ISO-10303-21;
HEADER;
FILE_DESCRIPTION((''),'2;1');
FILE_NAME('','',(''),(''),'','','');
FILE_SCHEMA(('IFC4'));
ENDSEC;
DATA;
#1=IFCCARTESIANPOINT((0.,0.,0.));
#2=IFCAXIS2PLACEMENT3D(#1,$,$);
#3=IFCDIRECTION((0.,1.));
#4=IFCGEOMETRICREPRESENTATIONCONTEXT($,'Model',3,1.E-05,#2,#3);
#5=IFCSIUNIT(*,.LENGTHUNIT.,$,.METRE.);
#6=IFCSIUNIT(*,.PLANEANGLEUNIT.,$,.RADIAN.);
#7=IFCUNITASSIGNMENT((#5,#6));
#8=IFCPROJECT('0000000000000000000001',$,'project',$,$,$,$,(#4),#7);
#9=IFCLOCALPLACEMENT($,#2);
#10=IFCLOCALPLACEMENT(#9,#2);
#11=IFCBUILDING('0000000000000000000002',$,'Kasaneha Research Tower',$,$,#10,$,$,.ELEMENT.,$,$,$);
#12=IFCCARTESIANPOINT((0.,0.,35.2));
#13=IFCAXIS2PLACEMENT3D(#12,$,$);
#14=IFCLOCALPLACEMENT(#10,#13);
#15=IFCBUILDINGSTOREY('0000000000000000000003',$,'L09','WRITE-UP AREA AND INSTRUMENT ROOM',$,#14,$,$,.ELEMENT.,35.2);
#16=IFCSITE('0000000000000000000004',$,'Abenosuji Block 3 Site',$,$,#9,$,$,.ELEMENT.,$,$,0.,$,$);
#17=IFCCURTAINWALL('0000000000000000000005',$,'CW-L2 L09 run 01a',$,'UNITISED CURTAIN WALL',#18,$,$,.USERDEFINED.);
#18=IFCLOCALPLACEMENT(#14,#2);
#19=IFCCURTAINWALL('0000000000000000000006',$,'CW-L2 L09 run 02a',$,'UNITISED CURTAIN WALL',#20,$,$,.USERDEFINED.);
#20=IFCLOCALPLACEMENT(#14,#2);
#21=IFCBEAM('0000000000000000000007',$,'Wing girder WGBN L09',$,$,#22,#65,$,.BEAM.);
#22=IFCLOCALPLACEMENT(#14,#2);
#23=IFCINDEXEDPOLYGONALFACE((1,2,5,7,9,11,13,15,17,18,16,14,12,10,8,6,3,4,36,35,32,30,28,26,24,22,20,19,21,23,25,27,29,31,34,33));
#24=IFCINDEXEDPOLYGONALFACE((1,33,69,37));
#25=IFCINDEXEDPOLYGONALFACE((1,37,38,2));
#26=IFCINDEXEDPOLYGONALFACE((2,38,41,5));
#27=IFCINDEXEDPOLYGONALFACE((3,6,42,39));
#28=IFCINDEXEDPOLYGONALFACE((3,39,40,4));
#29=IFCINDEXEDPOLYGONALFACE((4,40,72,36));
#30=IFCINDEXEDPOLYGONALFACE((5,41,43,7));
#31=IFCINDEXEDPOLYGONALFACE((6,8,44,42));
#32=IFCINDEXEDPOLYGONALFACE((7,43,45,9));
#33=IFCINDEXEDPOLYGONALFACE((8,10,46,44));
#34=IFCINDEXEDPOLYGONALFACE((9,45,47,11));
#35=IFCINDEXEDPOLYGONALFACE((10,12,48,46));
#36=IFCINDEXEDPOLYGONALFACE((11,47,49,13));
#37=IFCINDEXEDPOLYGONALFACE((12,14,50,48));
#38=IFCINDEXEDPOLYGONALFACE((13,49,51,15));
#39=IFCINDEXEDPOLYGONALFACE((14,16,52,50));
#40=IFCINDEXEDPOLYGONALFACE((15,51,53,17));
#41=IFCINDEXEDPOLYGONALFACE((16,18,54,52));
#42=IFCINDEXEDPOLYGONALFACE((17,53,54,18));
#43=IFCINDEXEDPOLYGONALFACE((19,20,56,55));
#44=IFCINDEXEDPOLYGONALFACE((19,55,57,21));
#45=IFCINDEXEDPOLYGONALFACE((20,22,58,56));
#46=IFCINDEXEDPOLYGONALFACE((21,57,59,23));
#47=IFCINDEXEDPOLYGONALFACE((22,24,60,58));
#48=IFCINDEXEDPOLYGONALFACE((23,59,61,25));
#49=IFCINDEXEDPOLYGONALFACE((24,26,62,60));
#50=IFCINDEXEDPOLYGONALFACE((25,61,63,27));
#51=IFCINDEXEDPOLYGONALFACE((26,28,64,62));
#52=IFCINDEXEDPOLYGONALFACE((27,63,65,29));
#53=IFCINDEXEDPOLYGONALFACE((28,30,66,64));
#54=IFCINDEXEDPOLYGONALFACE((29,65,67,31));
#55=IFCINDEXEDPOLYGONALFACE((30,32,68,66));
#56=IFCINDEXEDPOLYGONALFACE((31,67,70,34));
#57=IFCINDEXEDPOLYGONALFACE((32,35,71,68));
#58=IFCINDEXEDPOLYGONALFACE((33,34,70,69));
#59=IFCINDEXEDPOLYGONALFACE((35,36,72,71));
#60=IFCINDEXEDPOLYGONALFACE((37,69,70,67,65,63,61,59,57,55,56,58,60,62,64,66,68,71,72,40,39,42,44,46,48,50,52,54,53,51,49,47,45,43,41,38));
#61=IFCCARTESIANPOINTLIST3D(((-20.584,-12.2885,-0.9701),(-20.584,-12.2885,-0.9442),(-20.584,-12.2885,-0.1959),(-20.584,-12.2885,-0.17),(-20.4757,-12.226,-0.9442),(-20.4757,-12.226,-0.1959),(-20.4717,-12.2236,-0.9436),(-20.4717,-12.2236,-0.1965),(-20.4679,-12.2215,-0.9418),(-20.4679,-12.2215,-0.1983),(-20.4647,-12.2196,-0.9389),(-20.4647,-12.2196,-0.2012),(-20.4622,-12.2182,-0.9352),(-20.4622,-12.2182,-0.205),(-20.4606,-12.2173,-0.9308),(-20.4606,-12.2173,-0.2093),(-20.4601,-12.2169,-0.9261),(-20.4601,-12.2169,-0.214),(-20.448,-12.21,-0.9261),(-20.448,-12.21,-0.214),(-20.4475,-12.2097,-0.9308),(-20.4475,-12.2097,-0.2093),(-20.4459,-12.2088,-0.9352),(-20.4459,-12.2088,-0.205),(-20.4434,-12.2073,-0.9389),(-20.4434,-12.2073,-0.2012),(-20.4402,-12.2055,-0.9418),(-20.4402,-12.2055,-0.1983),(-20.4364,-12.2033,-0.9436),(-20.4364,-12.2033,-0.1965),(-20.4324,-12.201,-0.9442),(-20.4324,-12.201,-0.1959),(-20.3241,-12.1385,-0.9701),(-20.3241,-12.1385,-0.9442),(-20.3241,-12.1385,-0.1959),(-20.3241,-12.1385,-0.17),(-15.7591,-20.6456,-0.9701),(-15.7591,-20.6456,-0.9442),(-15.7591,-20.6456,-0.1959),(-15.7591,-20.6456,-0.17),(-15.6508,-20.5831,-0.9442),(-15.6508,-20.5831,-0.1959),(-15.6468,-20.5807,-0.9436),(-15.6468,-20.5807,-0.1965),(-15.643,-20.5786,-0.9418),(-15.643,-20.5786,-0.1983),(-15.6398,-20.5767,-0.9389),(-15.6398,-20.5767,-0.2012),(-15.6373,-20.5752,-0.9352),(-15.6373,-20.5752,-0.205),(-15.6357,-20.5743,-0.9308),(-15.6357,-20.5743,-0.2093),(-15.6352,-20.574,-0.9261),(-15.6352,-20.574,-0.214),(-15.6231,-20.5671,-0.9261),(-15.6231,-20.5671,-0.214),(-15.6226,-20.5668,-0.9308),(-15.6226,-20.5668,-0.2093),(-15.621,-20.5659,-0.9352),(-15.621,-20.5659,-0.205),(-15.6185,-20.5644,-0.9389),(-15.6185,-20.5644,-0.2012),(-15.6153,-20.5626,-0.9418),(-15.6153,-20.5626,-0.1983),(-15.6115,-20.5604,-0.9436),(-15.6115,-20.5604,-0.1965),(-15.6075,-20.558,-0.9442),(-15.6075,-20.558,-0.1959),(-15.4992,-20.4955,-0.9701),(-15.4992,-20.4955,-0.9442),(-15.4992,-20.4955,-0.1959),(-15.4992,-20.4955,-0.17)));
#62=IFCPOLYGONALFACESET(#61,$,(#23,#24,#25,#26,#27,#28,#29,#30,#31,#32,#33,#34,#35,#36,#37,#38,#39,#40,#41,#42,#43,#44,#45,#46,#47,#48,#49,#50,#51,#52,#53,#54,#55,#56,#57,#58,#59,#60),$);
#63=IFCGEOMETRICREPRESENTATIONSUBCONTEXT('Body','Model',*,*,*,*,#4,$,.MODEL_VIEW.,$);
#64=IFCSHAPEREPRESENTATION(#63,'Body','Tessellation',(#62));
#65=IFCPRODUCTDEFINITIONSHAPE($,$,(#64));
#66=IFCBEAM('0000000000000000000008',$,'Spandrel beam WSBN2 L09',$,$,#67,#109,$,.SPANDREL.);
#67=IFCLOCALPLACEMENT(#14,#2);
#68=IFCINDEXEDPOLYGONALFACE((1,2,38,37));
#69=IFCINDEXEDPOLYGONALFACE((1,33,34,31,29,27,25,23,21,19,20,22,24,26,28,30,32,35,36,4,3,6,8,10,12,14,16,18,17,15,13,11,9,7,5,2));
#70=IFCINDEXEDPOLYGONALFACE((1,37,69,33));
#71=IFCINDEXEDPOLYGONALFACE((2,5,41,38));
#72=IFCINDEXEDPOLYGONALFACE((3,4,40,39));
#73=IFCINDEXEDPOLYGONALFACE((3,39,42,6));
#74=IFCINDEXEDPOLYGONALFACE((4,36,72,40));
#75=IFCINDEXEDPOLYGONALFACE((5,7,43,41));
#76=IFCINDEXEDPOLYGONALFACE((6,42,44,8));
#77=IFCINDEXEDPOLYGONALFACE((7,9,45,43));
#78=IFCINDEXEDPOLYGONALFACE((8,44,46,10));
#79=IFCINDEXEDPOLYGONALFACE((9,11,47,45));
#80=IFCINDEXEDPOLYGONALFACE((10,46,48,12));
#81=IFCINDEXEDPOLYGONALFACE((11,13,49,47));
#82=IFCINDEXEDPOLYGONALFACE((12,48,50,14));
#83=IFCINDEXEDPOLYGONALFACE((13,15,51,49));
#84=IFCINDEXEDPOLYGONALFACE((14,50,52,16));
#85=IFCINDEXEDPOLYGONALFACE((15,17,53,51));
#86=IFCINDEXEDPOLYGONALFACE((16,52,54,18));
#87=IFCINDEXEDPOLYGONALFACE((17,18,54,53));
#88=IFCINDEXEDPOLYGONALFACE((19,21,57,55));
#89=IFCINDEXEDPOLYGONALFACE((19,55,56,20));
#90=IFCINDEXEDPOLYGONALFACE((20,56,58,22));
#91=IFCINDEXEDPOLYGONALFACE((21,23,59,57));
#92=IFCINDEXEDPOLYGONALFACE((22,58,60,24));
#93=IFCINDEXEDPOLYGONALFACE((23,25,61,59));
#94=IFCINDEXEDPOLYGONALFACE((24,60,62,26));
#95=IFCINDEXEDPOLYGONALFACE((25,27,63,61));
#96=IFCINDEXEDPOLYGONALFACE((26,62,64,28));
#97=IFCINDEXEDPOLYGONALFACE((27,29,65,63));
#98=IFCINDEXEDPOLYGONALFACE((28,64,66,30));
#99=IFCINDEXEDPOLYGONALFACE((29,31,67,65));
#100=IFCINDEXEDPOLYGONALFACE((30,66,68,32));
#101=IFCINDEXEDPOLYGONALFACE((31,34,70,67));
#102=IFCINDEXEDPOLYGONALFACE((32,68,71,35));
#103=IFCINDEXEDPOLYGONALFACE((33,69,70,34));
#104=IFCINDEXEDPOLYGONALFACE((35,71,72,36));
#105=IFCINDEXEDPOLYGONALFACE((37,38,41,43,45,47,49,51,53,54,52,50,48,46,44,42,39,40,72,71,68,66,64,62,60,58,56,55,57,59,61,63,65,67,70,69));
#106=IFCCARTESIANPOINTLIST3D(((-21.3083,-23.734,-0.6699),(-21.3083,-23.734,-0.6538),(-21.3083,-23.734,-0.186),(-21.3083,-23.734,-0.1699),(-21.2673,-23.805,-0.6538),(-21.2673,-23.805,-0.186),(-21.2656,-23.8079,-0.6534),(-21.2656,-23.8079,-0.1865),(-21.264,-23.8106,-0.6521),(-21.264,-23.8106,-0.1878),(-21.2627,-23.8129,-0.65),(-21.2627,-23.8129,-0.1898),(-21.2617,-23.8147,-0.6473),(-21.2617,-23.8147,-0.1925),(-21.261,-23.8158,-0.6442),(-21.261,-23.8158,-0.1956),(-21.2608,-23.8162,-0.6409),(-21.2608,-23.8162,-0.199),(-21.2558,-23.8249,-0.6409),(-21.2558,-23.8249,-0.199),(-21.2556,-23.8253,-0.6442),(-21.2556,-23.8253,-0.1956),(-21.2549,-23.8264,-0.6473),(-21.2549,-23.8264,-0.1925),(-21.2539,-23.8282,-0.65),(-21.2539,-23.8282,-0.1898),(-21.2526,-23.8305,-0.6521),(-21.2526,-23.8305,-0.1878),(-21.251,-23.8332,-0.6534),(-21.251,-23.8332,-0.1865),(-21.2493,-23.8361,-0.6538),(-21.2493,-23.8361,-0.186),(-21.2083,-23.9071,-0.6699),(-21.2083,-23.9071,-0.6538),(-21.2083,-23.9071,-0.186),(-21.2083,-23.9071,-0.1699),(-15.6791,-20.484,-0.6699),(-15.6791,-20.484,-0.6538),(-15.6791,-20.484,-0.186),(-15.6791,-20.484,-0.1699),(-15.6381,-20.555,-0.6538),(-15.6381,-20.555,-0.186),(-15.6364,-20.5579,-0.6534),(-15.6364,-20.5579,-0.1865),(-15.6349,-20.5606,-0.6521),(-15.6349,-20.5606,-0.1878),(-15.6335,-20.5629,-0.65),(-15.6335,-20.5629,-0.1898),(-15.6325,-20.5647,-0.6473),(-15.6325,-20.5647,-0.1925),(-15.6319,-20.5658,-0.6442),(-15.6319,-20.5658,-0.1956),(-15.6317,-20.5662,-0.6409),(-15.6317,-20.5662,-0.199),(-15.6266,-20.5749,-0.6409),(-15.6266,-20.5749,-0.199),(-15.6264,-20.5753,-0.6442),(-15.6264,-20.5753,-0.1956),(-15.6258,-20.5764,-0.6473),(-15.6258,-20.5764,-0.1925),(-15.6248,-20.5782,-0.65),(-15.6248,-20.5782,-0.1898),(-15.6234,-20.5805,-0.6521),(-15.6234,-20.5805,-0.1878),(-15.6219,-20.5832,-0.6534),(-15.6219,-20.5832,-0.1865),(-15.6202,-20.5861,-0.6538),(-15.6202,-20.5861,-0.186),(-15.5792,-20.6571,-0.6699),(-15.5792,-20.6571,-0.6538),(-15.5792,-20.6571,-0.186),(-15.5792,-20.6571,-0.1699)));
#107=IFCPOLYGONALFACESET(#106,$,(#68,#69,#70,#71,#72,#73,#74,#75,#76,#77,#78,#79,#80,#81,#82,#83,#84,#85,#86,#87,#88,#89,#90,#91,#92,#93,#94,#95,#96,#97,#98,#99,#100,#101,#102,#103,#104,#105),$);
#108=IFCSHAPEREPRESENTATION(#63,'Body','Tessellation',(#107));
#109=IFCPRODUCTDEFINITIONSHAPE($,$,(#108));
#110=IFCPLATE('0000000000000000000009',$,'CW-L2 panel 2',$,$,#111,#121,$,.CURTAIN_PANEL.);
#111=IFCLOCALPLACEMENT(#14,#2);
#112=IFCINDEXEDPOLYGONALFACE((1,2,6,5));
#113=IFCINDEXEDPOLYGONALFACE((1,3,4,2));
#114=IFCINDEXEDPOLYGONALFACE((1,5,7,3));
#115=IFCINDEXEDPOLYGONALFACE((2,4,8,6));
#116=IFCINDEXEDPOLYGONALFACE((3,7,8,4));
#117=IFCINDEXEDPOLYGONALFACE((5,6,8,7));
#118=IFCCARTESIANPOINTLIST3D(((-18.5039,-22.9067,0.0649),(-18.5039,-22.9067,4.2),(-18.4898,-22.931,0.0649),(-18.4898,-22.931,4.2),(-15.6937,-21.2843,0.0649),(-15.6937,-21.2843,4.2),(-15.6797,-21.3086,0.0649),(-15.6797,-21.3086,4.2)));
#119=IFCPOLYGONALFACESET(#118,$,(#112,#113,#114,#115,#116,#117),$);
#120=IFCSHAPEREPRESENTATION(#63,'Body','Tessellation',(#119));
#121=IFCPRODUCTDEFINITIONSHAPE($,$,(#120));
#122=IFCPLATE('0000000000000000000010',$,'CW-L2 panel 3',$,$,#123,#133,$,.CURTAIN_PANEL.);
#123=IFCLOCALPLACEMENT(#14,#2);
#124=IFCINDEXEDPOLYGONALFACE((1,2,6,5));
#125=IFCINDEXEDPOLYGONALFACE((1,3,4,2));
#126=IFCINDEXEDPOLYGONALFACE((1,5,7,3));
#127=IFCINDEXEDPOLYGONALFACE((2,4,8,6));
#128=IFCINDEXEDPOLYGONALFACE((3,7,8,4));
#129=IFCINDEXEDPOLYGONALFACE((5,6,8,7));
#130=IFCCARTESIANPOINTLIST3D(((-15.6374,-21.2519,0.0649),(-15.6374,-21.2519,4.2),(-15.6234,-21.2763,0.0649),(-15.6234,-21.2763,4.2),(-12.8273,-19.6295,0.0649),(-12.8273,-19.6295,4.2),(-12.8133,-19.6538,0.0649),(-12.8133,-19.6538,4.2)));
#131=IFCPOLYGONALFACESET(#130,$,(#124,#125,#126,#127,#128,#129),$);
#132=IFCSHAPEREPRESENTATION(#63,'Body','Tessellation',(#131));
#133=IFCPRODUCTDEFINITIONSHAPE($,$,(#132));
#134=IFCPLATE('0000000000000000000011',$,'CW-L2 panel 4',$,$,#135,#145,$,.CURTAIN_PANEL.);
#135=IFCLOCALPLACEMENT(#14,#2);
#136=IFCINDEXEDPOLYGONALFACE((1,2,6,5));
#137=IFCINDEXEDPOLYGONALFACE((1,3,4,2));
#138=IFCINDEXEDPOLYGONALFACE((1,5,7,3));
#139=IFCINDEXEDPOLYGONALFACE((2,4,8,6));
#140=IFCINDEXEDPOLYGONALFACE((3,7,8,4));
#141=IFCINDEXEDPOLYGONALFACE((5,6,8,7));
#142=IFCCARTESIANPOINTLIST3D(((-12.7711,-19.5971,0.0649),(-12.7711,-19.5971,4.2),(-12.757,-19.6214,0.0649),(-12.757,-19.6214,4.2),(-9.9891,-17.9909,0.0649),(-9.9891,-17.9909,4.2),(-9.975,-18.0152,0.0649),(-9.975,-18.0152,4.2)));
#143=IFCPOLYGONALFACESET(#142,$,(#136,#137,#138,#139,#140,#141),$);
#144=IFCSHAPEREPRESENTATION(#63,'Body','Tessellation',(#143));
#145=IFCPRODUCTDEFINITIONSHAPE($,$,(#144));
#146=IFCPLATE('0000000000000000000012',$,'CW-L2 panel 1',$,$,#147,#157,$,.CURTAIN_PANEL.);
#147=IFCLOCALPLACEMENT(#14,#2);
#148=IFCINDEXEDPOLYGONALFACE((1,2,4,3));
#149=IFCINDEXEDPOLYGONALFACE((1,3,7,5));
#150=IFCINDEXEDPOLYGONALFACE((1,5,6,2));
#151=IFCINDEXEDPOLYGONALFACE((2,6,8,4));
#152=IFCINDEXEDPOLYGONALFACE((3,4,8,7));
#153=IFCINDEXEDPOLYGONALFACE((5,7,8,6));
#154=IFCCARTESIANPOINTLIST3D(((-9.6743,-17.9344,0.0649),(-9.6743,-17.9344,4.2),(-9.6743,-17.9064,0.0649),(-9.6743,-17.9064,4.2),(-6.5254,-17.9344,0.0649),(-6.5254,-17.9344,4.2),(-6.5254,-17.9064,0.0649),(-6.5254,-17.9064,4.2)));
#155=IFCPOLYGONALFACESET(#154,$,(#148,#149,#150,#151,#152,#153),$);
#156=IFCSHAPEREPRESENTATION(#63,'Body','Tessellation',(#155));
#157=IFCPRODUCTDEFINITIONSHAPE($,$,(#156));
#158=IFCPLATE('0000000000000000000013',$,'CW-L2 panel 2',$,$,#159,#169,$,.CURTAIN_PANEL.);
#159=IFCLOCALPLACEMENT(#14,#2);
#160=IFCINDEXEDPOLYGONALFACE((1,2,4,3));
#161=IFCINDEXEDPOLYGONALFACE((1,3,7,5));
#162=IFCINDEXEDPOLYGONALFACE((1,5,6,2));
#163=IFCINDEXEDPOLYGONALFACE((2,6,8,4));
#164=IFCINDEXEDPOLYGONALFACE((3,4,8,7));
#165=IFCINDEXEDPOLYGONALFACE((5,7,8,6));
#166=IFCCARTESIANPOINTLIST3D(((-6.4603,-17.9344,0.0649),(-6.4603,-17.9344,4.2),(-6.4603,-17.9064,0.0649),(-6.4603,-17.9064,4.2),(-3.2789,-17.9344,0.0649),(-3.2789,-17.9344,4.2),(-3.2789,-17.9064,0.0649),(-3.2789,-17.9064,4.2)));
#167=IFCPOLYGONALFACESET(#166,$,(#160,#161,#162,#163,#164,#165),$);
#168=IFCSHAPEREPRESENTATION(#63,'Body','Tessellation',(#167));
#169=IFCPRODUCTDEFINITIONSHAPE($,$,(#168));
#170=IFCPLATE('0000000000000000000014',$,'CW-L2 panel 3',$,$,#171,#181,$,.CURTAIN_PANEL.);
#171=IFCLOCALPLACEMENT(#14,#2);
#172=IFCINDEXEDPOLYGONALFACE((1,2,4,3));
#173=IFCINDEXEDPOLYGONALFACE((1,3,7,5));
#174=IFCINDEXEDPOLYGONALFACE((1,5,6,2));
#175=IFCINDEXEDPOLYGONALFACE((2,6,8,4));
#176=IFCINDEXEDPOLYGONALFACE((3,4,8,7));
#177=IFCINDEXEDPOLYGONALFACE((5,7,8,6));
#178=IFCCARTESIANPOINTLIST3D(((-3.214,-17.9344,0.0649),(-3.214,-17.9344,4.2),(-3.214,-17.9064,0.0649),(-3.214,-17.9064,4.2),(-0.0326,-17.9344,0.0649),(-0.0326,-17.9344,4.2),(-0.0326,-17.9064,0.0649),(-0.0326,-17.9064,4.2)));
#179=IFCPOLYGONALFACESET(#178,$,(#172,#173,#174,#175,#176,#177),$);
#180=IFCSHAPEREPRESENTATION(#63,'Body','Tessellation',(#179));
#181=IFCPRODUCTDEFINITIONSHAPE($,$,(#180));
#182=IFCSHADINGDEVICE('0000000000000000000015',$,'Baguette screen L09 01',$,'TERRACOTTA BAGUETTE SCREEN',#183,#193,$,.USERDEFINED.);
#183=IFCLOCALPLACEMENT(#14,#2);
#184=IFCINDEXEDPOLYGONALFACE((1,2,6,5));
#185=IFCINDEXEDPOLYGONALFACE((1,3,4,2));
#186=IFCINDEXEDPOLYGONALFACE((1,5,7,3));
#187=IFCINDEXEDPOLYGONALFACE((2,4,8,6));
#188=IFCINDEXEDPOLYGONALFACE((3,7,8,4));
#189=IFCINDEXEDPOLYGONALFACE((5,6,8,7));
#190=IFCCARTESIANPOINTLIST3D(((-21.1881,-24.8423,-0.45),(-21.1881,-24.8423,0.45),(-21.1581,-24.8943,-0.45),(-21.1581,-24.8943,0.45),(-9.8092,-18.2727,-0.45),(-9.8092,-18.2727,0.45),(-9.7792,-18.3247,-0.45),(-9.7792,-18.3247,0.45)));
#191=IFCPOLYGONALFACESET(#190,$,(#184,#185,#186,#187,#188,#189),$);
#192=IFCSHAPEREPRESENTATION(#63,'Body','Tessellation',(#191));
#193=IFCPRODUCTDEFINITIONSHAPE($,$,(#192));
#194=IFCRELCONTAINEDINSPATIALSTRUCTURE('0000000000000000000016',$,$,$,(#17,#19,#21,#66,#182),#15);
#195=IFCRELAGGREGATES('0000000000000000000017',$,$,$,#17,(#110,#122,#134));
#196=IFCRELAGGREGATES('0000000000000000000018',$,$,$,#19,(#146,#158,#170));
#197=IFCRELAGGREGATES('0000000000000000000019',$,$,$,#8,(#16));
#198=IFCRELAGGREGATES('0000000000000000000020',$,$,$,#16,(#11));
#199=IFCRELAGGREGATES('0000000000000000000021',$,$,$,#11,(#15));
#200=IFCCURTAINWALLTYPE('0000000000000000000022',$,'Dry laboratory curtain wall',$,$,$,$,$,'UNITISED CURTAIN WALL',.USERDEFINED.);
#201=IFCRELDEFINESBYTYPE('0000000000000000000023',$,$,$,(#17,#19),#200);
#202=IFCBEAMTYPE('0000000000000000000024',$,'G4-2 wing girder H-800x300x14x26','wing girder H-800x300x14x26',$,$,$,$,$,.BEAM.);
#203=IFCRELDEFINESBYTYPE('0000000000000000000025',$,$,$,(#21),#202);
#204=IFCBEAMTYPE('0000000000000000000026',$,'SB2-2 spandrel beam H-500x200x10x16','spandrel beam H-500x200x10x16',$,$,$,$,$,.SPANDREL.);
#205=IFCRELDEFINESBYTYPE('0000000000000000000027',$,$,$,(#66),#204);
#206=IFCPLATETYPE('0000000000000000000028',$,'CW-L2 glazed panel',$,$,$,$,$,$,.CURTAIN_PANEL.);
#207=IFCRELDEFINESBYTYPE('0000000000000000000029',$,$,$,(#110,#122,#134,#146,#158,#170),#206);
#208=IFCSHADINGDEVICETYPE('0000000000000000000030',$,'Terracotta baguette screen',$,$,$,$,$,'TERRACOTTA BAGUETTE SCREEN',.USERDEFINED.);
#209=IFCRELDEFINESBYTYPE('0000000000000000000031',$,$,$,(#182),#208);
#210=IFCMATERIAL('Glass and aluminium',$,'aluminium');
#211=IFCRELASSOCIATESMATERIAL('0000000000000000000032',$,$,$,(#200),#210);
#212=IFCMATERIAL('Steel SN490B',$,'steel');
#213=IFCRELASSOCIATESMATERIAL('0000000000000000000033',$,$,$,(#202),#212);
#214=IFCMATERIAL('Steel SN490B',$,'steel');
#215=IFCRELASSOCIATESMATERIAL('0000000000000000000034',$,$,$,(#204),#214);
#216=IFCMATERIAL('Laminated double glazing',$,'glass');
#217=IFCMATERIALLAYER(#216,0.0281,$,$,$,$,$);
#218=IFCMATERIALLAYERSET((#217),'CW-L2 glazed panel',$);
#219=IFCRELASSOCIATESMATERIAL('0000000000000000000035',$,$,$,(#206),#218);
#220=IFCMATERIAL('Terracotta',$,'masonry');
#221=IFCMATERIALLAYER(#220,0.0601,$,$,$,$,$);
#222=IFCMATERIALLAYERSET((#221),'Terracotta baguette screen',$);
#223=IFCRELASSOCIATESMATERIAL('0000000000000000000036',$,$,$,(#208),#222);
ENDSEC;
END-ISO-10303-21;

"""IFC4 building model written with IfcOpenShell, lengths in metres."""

from ifc_helpers import new_model, si_unit, direction, frame, origin, origin_2d, place, context, subcontext, project, spatial, rectangle, i_section, extrude, material, layer, layer_set, material_profile, profile_set, type_object, element, aggregate, save


model = new_model("IFC4")

# Units and contexts
model_context = context("Model", 3, precision=1e-05, world=origin(), true_north=direction((0.0, 1.0)))
body_context = subcontext(model_context, "Body", "Model", "MODEL_VIEW")
ifc_project = project(units=[si_unit("LENGTHUNIT", "METRE"), si_unit("PLANEANGLEUNIT", "RADIAN")], contexts=[model_context])

# Site, building, storey
site_placement = place(None, origin())
site = spatial("IfcSite", under=ifc_project, at=site_placement, Name="Abenosuji Block 3 Site", CompositionType="ELEMENT", RefElevation=0.0)
building_placement = place(site_placement, origin())
building = spatial("IfcBuilding", under=site, at=building_placement, Name="Kasaneha Research Tower", CompositionType="ELEMENT")
storey_placement = place(building_placement, frame((0.0, 0.0, 35.2)))
storey = spatial("IfcBuildingStorey", under=building, at=storey_placement, Name="L09", Description="WRITE-UP AREA AND INSTRUMENT ROOM", CompositionType="ELEMENT", Elevation=35.2)

# Curtain walls
ifc_material_1 = material(Name="Glass and aluminium", Category="aluminium")
curtain_wall_type = type_object("IfcCurtainWallType", Name="Dry laboratory curtain wall", ElementType="UNITISED CURTAIN WALL", PredefinedType="USERDEFINED", material=ifc_material_1)
curtain_wall_1_placement = place(storey_placement, origin())
curtain_wall_1 = element("IfcCurtainWall", 1, at=curtain_wall_1_placement, inside=storey, type_object=curtain_wall_type, Name="CW-L2 L09 run 01a", ObjectType="UNITISED CURTAIN WALL", PredefinedType="USERDEFINED")
curtain_wall_2_placement = place(storey_placement, origin())
curtain_wall_2 = element("IfcCurtainWall", 2, at=curtain_wall_2_placement, inside=storey, type_object=curtain_wall_type, Name="CW-L2 L09 run 02a", ObjectType="UNITISED CURTAIN WALL", PredefinedType="USERDEFINED")

# Beams
ifc_material_2 = material(Name="Steel SN490B", Category="steel")
ifc_material_profile_1 = material_profile(ifc_material_2, i_section(OverallWidth=0.3, OverallDepth=0.8, WebThickness=0.0139, FlangeThickness=0.0259, FilletRadius=0.0181, at=origin_2d()), Name="H-800x300x14x26")
ifc_profile_set_1 = profile_set([ifc_material_profile_1], Name="Steel SN490B")
beam_type_1 = type_object("IfcBeamType", Name="G4-2 wing girder H-800x300x14x26", Description="wing girder H-800x300x14x26", PredefinedType="BEAM", material=ifc_profile_set_1)
beam_1_placement = place(storey_placement, frame((-15.6292, -20.5706, -0.5701), z_axis=(-0.499995, 0.866028, 0.0), x_axis=(-0.866028, -0.499995, 0.0)))
element("IfcBeam", 3, at=beam_1_placement, inside=storey, type_object=beam_type_1, Name="Wing girder WGBN L09", PredefinedType="BEAM", context=body_context, shape_type="SweptSolid", body=[
    extrude(i_section(OverallWidth=0.3, OverallDepth=0.8, WebThickness=0.0139, FlangeThickness=0.0259, FilletRadius=0.0181, at=origin_2d()), origin(), (0.0, 0.0, 1.0), 9.6499),
])
ifc_material_3 = material(Name="Steel SN490B", Category="steel")
ifc_material_profile_2 = material_profile(ifc_material_3, i_section(OverallWidth=0.2, OverallDepth=0.5, WebThickness=0.01, FlangeThickness=0.0161, FilletRadius=0.0129, at=origin_2d()), Name="H-500x200x10x16")
ifc_profile_set_2 = profile_set([ifc_material_profile_2], Name="Steel SN490B")
beam_type_2 = type_object("IfcBeamType", Name="SB2-2 spandrel beam H-500x200x10x16", Description="spandrel beam H-500x200x10x16", PredefinedType="SPANDREL", material=ifc_profile_set_2)
beam_2_placement = place(storey_placement, frame((-15.6292, -20.5706, -0.4199), z_axis=(-0.866025, -0.500001, 0.0), x_axis=(0.500001, -0.866025, 0.0)))
element("IfcBeam", 4, at=beam_2_placement, inside=storey, type_object=beam_type_2, Name="Spandrel beam WSBN2 L09", PredefinedType="SPANDREL", context=body_context, shape_type="SweptSolid", body=[
    extrude(i_section(OverallWidth=0.2, OverallDepth=0.5, WebThickness=0.01, FlangeThickness=0.0161, FilletRadius=0.0129, at=origin_2d()), origin(), (0.0, 0.0, 1.0), 6.5),
])

# Plates
ifc_material_4 = material(Name="Laminated double glazing", Category="glass")
ifc_layer_1 = layer(ifc_material_4, 0.0281)
ifc_layer_set_1 = layer_set([ifc_layer_1], Name="CW-L2 glazed panel")
plate_type = type_object("IfcPlateType", Name="CW-L2 glazed panel", PredefinedType="CURTAIN_PANEL", material=ifc_layer_set_1)
plate_1_placement = place(storey_placement, frame((-17.0918, -22.1077, 0.0649), z_axis=(0.0, 0.0, 1.0), x_axis=(0.866025, 0.5, 0.0)))
plate_1 = element("IfcPlate", 5, at=plate_1_placement, type_object=plate_type, Name="CW-L2 panel 2", PredefinedType="CURTAIN_PANEL", context=body_context, shape_type="SweptSolid", body=[
    extrude(rectangle(XDim=3.2449, YDim=0.0281, at=origin_2d()), origin(), (0.0, 0.0, 1.0), 4.135),
])
plate_2_placement = place(storey_placement, frame((-14.2253, -20.4529, 0.0649), z_axis=(0.0, 0.0, 1.0), x_axis=(0.866025, 0.5, 0.0)))
plate_2 = element("IfcPlate", 6, at=plate_2_placement, type_object=plate_type, Name="CW-L2 panel 3", PredefinedType="CURTAIN_PANEL", context=body_context, shape_type="SweptSolid", body=[
    extrude(rectangle(XDim=3.2449, YDim=0.0281, at=origin_2d()), origin(), (0.0, 0.0, 1.0), 4.135),
])
plate_3_placement = place(storey_placement, frame((-11.373, -18.8062, 0.0649), z_axis=(0.0, 0.0, 1.0), x_axis=(0.866025, 0.5, 0.0)))
plate_3 = element("IfcPlate", 7, at=plate_3_placement, type_object=plate_type, Name="CW-L2 panel 4", PredefinedType="CURTAIN_PANEL", context=body_context, shape_type="SweptSolid", body=[
    extrude(rectangle(XDim=3.2124, YDim=0.0281, at=origin_2d()), origin(), (0.0, 0.0, 1.0), 4.135),
])
aggregate(curtain_wall_1, [plate_1, plate_2, plate_3])
plate_4_placement = place(storey_placement, frame((-8.0999, -17.9204, 0.0649), z_axis=(0.0, 0.0, 1.0), x_axis=(1.0, 0.0, 0.0)))
plate_4 = element("IfcPlate", 8, at=plate_4_placement, type_object=plate_type, Name="CW-L2 panel 1", PredefinedType="CURTAIN_PANEL", context=body_context, shape_type="SweptSolid", body=[
    extrude(rectangle(XDim=3.1489, YDim=0.0281, at=origin_2d()), origin(), (0.0, 0.0, 1.0), 4.135),
])
plate_5_placement = place(storey_placement, frame((-4.8696, -17.9204, 0.0649), z_axis=(0.0, 0.0, 1.0), x_axis=(1.0, 0.0, 0.0)))
plate_5 = element("IfcPlate", 9, at=plate_5_placement, type_object=plate_type, Name="CW-L2 panel 2", PredefinedType="CURTAIN_PANEL", context=body_context, shape_type="SweptSolid", body=[
    extrude(rectangle(XDim=3.1814, YDim=0.0281, at=origin_2d()), origin(), (0.0, 0.0, 1.0), 4.135),
])
plate_6_placement = place(storey_placement, frame((-1.6233, -17.9204, 0.0649), z_axis=(0.0, 0.0, 1.0), x_axis=(1.0, 0.0, 0.0)))
plate_6 = element("IfcPlate", 10, at=plate_6_placement, type_object=plate_type, Name="CW-L2 panel 3", PredefinedType="CURTAIN_PANEL", context=body_context, shape_type="SweptSolid", body=[
    extrude(rectangle(XDim=3.1814, YDim=0.0281, at=origin_2d()), origin(), (0.0, 0.0, 1.0), 4.135),
])
aggregate(curtain_wall_2, [plate_4, plate_5, plate_6])

# Shading device
ifc_material_5 = material(Name="Terracotta", Category="masonry")
ifc_layer_2 = layer(ifc_material_5, 0.0601)
ifc_layer_set_2 = layer_set([ifc_layer_2], Name="Terracotta baguette screen")
shading_device_type = type_object("IfcShadingDeviceType", Name="Terracotta baguette screen", ElementType="TERRACOTTA BAGUETTE SCREEN", PredefinedType="USERDEFINED", material=ifc_layer_set_2)
shading_device_1_placement = place(storey_placement, frame((-15.4836, -21.5835, -0.45), z_axis=(0.0, 0.0, 1.0), x_axis=(0.866025, 0.5, 0.0)))
element("IfcShadingDevice", 11, at=shading_device_1_placement, inside=storey, type_object=shading_device_type, Name="Baguette screen L09 01", ObjectType="TERRACOTTA BAGUETTE SCREEN", PredefinedType="USERDEFINED", context=body_context, shape_type="SweptSolid", body=[
    extrude(rectangle(XDim=13.1392, YDim=0.0601, at=origin_2d()), origin(), (0.0, 0.0, 1.0), 0.8999),
])

save(model, "model.ifc")
